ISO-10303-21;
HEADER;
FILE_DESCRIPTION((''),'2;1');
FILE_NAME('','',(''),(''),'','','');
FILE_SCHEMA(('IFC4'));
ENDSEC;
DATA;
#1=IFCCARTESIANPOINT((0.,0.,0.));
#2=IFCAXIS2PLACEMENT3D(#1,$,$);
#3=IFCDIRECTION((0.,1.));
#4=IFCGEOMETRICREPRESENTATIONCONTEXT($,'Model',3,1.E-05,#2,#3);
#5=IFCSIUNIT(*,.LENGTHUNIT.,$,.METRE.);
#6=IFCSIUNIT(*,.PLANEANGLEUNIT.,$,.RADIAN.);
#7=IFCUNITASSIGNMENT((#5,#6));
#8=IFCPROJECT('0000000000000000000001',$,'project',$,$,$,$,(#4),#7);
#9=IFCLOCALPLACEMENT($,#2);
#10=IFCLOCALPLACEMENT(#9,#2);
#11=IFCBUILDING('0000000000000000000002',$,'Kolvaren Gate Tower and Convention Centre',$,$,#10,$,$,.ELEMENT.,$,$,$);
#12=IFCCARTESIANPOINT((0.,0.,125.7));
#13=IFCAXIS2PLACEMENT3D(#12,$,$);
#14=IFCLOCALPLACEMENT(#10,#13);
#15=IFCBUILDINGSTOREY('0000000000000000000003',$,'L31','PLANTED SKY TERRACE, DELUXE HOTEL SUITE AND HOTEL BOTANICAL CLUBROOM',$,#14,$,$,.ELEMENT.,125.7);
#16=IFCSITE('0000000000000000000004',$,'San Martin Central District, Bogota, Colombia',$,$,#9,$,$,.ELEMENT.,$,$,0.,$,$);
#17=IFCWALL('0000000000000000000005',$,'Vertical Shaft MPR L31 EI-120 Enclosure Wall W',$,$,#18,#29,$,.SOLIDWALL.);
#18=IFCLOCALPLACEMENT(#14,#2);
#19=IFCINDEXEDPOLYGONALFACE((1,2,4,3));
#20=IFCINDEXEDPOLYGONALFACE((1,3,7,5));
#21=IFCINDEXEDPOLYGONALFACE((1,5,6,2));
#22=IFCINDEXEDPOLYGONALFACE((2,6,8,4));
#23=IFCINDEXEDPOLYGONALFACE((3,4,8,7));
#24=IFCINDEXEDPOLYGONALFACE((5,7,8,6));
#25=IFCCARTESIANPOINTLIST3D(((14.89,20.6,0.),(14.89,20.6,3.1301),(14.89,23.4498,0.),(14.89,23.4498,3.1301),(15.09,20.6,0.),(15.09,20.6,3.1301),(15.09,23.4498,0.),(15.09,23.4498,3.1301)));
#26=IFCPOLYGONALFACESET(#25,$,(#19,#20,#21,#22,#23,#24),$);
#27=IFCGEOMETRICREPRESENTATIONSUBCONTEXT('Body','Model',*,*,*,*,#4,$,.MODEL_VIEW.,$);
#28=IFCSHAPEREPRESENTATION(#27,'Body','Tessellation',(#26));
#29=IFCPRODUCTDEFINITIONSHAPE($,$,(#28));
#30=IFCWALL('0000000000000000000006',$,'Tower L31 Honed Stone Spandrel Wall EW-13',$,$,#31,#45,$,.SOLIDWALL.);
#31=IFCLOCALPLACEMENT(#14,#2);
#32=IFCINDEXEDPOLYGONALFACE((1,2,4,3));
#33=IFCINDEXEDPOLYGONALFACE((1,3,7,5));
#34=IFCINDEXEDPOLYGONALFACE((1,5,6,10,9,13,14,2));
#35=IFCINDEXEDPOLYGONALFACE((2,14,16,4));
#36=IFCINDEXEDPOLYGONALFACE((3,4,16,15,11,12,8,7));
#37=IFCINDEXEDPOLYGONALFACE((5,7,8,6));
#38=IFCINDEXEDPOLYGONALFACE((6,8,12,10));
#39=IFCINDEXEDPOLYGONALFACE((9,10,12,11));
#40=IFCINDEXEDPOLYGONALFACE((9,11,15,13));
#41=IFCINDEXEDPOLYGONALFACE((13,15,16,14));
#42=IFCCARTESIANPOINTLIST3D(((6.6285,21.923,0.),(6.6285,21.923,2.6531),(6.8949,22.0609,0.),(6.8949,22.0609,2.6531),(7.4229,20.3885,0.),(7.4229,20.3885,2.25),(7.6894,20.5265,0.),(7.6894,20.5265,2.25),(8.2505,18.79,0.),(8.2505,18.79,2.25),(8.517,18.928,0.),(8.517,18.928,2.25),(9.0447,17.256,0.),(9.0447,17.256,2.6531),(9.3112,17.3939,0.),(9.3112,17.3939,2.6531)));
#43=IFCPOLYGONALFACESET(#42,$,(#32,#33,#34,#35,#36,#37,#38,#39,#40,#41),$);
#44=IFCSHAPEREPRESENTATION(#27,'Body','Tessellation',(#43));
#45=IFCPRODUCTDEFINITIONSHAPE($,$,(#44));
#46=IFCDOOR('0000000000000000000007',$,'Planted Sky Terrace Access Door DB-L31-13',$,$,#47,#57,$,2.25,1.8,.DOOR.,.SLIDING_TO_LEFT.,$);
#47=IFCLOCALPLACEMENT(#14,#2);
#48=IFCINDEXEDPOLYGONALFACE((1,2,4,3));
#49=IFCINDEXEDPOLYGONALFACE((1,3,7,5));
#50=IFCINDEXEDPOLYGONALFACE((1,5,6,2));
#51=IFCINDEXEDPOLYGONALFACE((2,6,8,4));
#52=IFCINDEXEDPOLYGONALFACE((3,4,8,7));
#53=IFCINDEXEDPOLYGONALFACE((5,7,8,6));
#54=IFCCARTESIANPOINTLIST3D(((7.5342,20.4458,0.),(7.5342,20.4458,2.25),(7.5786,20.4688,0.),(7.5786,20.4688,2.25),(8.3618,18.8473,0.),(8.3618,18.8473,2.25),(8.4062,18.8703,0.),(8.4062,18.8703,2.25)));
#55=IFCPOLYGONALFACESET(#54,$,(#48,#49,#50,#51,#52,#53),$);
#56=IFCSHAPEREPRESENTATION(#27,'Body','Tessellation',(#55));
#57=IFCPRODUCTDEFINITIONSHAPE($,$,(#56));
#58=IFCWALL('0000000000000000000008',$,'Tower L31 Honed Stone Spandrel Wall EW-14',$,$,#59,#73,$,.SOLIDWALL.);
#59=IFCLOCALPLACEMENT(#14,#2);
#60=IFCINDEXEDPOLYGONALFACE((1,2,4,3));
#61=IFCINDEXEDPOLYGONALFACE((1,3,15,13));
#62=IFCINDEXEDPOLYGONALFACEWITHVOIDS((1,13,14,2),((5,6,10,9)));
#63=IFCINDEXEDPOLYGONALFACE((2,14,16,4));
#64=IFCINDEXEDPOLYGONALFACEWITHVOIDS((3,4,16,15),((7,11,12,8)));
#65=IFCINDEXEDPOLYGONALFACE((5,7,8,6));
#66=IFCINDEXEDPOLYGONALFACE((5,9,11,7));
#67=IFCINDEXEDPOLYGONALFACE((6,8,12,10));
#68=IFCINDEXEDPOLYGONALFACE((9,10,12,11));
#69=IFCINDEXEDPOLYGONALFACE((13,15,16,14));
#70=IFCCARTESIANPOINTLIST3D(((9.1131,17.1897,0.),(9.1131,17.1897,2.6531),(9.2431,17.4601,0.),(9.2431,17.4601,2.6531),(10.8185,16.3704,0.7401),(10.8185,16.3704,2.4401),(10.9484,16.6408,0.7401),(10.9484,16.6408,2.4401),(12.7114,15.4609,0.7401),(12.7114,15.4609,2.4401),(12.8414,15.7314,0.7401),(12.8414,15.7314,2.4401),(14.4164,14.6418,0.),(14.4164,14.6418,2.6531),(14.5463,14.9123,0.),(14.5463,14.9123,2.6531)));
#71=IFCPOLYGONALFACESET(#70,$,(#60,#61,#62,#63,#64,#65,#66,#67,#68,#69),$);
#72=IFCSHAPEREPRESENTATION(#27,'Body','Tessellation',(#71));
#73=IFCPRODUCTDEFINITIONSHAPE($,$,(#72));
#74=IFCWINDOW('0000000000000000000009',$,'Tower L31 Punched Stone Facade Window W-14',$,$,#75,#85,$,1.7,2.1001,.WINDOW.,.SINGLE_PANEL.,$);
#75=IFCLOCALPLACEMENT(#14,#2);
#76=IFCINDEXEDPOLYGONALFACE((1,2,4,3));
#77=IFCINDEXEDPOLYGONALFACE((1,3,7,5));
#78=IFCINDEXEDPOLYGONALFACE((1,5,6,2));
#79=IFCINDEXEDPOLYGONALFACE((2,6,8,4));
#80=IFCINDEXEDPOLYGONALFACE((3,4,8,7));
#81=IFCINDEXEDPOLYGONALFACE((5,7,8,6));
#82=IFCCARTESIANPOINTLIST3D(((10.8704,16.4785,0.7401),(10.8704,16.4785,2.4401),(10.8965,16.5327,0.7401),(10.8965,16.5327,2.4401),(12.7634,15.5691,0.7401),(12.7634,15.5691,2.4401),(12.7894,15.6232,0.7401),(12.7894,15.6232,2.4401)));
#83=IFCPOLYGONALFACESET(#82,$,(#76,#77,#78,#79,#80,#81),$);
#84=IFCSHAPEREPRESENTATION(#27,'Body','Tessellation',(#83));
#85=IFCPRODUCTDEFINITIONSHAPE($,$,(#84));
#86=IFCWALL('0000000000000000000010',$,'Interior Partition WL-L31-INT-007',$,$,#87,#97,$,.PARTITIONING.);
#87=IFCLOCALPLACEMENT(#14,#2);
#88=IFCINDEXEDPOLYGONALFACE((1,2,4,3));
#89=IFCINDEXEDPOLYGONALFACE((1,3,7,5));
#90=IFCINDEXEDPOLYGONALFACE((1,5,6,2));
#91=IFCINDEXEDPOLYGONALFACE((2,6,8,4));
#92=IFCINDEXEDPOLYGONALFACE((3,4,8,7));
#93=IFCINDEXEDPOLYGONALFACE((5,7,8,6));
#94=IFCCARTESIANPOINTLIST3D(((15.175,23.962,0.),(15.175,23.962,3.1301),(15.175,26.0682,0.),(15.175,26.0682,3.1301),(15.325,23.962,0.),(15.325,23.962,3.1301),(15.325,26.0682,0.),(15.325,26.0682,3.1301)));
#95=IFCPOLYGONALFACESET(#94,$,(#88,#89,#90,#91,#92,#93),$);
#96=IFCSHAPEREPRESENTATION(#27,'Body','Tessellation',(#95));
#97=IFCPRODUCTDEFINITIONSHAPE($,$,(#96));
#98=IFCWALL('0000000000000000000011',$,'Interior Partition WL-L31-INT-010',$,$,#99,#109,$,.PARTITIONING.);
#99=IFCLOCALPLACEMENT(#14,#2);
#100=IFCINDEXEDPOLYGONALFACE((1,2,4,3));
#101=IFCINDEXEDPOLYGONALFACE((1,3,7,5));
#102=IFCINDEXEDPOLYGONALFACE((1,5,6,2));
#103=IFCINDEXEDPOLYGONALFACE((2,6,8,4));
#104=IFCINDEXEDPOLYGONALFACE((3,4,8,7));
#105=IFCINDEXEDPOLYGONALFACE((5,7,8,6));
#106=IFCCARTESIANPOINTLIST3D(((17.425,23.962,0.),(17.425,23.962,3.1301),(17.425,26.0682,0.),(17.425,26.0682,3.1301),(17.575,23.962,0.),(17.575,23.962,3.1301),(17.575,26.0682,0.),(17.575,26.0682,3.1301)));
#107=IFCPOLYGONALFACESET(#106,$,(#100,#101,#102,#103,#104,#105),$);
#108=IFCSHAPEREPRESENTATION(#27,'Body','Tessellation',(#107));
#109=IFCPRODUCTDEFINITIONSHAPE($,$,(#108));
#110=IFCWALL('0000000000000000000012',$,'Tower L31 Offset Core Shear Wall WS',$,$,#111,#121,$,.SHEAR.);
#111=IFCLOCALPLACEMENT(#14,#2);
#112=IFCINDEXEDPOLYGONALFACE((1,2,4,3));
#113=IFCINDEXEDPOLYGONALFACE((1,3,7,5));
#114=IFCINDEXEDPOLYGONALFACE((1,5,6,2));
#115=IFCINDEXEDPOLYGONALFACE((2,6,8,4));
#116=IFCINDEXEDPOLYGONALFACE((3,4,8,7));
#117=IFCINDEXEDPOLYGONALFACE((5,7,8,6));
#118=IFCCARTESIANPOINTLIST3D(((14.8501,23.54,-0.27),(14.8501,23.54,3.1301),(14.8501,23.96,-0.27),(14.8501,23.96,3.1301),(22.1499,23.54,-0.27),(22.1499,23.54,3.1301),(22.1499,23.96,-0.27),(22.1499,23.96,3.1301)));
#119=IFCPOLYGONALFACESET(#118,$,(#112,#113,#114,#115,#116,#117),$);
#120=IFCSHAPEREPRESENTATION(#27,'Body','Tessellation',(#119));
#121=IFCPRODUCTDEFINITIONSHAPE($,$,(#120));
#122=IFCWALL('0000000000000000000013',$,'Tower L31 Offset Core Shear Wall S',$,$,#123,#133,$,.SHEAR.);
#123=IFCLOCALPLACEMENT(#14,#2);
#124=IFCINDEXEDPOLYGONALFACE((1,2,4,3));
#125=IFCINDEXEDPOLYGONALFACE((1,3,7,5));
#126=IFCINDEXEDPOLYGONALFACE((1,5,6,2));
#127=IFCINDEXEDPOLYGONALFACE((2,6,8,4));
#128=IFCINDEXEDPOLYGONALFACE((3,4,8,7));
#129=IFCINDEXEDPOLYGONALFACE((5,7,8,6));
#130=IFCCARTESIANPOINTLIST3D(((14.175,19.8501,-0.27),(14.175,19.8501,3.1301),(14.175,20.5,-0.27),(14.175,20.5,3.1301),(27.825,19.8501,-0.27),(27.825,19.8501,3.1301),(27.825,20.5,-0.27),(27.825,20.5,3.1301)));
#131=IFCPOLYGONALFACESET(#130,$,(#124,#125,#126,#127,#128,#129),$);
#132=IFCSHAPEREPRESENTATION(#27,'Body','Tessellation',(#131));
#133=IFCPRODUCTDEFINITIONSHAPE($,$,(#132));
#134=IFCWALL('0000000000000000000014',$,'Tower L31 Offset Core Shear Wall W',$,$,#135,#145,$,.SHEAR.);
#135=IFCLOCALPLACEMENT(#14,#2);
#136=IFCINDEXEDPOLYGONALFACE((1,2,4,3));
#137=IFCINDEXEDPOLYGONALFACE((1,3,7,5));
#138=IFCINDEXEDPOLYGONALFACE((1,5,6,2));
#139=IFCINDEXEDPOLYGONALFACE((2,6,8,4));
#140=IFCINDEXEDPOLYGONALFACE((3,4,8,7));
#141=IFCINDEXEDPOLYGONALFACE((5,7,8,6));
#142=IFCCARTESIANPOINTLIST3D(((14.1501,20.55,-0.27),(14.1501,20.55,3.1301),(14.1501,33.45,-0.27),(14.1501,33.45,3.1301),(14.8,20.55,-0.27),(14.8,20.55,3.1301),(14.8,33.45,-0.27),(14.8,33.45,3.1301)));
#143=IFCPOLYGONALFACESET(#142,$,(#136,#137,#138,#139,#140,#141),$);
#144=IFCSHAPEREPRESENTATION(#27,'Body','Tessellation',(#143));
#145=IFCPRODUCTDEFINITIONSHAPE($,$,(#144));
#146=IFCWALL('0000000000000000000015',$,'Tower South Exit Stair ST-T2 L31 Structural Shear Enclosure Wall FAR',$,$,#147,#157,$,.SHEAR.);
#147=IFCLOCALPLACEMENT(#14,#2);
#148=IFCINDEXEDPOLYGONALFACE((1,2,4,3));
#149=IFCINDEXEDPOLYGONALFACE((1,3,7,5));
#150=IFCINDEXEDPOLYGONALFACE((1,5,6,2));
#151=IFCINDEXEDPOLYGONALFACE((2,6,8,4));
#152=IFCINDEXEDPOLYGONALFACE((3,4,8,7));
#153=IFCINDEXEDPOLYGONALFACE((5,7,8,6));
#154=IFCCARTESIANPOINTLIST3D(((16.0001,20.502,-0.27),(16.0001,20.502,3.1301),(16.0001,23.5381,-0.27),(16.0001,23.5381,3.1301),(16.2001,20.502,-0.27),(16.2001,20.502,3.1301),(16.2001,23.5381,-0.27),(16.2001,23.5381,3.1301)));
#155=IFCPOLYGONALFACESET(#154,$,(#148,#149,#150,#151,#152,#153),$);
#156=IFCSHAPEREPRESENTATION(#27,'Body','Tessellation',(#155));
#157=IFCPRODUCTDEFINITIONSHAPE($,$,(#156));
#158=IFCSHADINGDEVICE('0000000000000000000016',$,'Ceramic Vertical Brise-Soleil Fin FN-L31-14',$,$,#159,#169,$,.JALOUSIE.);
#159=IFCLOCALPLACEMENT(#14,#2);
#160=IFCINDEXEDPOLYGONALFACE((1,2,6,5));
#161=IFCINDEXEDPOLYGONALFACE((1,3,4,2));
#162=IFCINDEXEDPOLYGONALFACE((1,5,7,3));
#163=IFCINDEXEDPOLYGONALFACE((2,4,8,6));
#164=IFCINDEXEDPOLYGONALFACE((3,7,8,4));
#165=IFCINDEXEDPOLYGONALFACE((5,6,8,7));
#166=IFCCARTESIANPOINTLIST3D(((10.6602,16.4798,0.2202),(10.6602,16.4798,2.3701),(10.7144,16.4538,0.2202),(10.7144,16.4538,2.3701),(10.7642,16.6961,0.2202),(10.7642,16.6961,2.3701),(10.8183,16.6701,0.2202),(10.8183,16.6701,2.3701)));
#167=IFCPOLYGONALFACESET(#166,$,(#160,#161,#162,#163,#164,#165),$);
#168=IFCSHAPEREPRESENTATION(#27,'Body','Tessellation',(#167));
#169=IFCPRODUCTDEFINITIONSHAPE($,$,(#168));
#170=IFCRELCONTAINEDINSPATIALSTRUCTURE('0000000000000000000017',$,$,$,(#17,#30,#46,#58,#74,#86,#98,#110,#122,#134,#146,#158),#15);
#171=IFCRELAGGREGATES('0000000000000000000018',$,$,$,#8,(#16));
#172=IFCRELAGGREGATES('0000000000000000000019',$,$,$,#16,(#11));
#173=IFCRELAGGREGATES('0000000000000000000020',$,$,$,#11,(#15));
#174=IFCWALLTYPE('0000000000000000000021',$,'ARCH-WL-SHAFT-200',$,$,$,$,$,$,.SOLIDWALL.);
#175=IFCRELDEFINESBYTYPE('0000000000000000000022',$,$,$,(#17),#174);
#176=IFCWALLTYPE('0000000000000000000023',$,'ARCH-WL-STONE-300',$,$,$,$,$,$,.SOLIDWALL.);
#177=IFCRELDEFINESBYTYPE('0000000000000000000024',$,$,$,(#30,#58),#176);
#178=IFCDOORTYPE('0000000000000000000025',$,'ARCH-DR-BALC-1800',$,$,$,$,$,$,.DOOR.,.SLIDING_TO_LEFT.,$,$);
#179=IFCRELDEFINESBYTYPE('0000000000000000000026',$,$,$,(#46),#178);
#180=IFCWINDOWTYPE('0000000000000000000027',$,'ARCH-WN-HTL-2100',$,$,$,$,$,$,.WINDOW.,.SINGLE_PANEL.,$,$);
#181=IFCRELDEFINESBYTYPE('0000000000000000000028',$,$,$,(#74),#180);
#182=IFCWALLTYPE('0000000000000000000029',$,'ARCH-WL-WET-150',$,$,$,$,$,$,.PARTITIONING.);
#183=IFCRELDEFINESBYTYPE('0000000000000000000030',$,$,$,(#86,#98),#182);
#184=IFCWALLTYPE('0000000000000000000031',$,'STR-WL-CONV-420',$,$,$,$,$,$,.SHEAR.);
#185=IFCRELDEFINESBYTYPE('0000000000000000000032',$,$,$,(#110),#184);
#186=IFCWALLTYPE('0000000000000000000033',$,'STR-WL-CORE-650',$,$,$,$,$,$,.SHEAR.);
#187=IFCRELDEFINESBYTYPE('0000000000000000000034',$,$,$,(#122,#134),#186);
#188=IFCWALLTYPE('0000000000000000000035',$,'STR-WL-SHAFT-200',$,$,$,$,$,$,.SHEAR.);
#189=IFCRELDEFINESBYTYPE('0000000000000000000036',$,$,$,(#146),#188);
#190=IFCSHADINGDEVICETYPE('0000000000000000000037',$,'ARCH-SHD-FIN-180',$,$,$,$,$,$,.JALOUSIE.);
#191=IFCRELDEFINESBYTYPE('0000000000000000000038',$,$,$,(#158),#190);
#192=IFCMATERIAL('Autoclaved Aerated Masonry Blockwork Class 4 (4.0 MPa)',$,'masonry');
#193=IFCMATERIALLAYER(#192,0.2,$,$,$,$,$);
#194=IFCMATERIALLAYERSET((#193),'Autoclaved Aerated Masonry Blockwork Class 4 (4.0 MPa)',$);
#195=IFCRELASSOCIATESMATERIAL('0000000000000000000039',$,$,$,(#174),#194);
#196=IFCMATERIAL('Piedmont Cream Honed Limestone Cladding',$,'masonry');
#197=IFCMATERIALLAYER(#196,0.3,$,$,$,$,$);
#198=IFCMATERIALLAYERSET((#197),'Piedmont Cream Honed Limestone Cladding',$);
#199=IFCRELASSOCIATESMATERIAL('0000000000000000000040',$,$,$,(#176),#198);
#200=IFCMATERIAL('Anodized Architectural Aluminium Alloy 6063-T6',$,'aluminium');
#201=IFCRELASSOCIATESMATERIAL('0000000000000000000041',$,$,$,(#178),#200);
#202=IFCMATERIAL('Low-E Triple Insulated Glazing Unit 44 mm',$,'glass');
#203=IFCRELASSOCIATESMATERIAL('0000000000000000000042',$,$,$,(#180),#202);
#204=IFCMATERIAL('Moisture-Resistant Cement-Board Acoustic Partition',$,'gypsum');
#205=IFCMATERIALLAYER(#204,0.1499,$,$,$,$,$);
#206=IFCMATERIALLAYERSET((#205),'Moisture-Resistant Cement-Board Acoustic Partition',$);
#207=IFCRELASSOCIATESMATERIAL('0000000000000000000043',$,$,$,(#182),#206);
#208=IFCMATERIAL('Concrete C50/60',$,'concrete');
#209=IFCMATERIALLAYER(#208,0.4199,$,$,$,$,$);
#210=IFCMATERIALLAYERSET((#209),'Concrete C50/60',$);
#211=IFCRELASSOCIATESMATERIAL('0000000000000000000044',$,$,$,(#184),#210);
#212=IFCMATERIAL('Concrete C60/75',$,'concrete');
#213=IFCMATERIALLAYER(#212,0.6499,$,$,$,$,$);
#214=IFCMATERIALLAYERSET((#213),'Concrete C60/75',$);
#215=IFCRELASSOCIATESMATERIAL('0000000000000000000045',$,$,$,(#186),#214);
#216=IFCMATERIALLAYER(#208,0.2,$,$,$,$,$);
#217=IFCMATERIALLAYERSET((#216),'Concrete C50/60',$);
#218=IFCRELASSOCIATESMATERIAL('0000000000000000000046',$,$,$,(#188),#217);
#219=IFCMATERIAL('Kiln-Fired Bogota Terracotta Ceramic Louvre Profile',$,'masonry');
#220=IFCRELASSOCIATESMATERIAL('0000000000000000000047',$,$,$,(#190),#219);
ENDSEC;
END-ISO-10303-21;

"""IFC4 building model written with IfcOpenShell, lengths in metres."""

from ifc_helpers import new_model, si_unit, direction, frame, frame_2d, origin, origin_2d, place, context, subcontext, project, spatial, rectangle, extrude, material, layer, layer_set, type_object, element, fill, save


model = new_model("IFC4")

# Units and contexts
model_context = context("Model", 3, precision=1e-05, world=origin(), true_north=direction((0.0, 1.0)))
body_context = subcontext(model_context, "Body", "Model", "MODEL_VIEW")
ifc_project = project(units=[si_unit("LENGTHUNIT", "METRE"), si_unit("PLANEANGLEUNIT", "RADIAN")], contexts=[model_context])

# Site, building, storey
site_placement = place(None, origin())
site = spatial("IfcSite", under=ifc_project, at=site_placement, Name="San Martin Central District, Bogota, Colombia", CompositionType="ELEMENT", RefElevation=0.0)
building_placement = place(site_placement, origin())
building = spatial("IfcBuilding", under=site, at=building_placement, Name="Kolvaren Gate Tower and Convention Centre", CompositionType="ELEMENT")
storey_placement = place(building_placement, frame((0.0, 0.0, 125.7)))
storey = spatial("IfcBuildingStorey", under=building, at=storey_placement, Name="L31", Description="PLANTED SKY TERRACE, DELUXE HOTEL SUITE AND HOTEL BOTANICAL CLUBROOM", CompositionType="ELEMENT", Elevation=125.7)

# Shared definitions
ifc_material_1 = material(Name="Concrete C60/75", Category="concrete")

# Wall
ifc_material_2 = material(Name="Piedmont Cream Honed Limestone Cladding", Category="masonry")
ifc_material_3 = material(Name="Autoclaved Aerated Masonry Blockwork Class 4 (4.0 MPa)", Category="masonry")
ifc_layer_1 = layer(ifc_material_3, 0.2)
ifc_layer_set_1 = layer_set([ifc_layer_1], Name="Autoclaved Aerated Masonry Blockwork Class 4 (4.0 MPa)")
wall_type_1 = type_object("IfcWallType", Name="ARCH-WL-SHAFT-200", PredefinedType="SOLIDWALL", material=ifc_layer_set_1)
wall_1_placement = place(storey_placement, frame((14.99, 20.6001, 0.0), z_axis=(0.0, 0.0, 1.0), x_axis=(0.0, 1.0, 0.0)))
element("IfcWall", 1, at=wall_1_placement, inside=storey, type_object=wall_type_1, Name="Vertical Shaft MPR L31 EI-120 Enclosure Wall W", PredefinedType="SOLIDWALL", context=body_context, shape_type="SweptSolid", body=[
    extrude(rectangle(XDim=2.8499, YDim=0.2, at=frame_2d((1.4248, 0.0))), origin(), (0.0, 0.0, 1.0), 3.1301),
])

# Wall, opening, door
ifc_layer_2 = layer(ifc_material_2, 0.3)
ifc_layer_set_2 = layer_set([ifc_layer_2], Name="Piedmont Cream Honed Limestone Cladding")
wall_type_2 = type_object("IfcWallType", Name="ARCH-WL-STONE-300", PredefinedType="SOLIDWALL", material=ifc_layer_set_2)
wall_2_placement = place(storey_placement, frame((6.7617, 21.9919, 0.0), z_axis=(0.0, 0.0, 1.0), x_axis=(0.459768, -0.888039, 0.0)))
wall_2 = element("IfcWall", 2, at=wall_2_placement, inside=storey, type_object=wall_type_2, Name="Tower L31 Honed Stone Spandrel Wall EW-13", PredefinedType="SOLIDWALL", context=body_context, shape_type="SweptSolid", body=[
    extrude(rectangle(XDim=5.2554, YDim=0.3, at=frame_2d((2.6277, 0.0))), origin(), (0.0, 0.0, 1.0), 2.6531),
])
opening_1_placement = place(wall_2_placement, frame((1.728, 0.0, 0.0)))
opening_1 = element("IfcOpeningElement", 3, at=opening_1_placement, cuts=wall_2, PredefinedType="OPENING", context=body_context, shape_type="SweptSolid", body=[
    extrude(rectangle(XDim=1.8, YDim=2.25, at=frame_2d((0.8999, 1.125))), frame((0.0, 0.1599, 0.0), z_axis=(0.0, -1.0, 0.0), x_axis=(1.0, 0.0, 0.0)), (0.0, 0.0, 1.0), 0.3201),
])
ifc_material_4 = material(Name="Anodized Architectural Aluminium Alloy 6063-T6", Category="aluminium")
door_type = type_object("IfcDoorType", Name="ARCH-DR-BALC-1800", OperationType="SLIDING_TO_LEFT", PredefinedType="DOOR", material=ifc_material_4)
door_placement = place(opening_1_placement, frame((1.8, 0.0, 0.0), z_axis=(0.0, 0.0, 1.0), x_axis=(-1.0, 0.0, 0.0)))
door = element("IfcDoor", 4, at=door_placement, inside=storey, type_object=door_type, Name="Planted Sky Terrace Access Door DB-L31-13", OperationType="SLIDING_TO_LEFT", OverallHeight=2.25, OverallWidth=1.8, PredefinedType="DOOR", context=body_context, shape_type="SweptSolid", body=[
    extrude(rectangle(XDim=1.8, YDim=2.25, at=frame_2d((0.8999, 1.125))), frame((0.0, 0.0249, 0.0), z_axis=(0.0, -1.0, 0.0), x_axis=(1.0, 0.0, 0.0)), (0.0, 0.0, 1.0), 0.05),
])
fill(opening_1, door)

# Wall, opening, window
wall_3_placement = place(storey_placement, frame((9.178, 17.325, 0.0), z_axis=(0.0, 0.0, 1.0), x_axis=(0.90137, -0.433049, 0.0)))
wall_3 = element("IfcWall", 5, at=wall_3_placement, inside=storey, type_object=wall_type_2, Name="Tower L31 Honed Stone Spandrel Wall EW-14", PredefinedType="SOLIDWALL", context=body_context, shape_type="SweptSolid", body=[
    extrude(rectangle(XDim=5.8835, YDim=0.3, at=frame_2d((2.9419, 0.0))), origin(), (0.0, 0.0, 1.0), 2.6531),
])
opening_2_placement = place(wall_3_placement, frame((1.8921, 0.0, 0.74)))
opening_2 = element("IfcOpeningElement", 6, at=opening_2_placement, cuts=wall_3, PredefinedType="OPENING", context=body_context, shape_type="SweptSolid", body=[
    extrude(rectangle(XDim=2.1001, YDim=1.7, at=frame_2d((1.05, 0.8501))), frame((0.0, 0.1599, 0.0), z_axis=(0.0, -1.0, 0.0), x_axis=(1.0, 0.0, 0.0)), (0.0, 0.0, 1.0), 0.3201),
])
ifc_material_5 = material(Name="Low-E Triple Insulated Glazing Unit 44 mm", Category="glass")
window_type = type_object("IfcWindowType", Name="ARCH-WN-HTL-2100", PartitioningType="SINGLE_PANEL", PredefinedType="WINDOW", material=ifc_material_5)
window_placement = place(opening_2_placement, origin())
window = element("IfcWindow", 7, at=window_placement, inside=storey, type_object=window_type, Name="Tower L31 Punched Stone Facade Window W-14", OverallHeight=1.7, OverallWidth=2.1001, PartitioningType="SINGLE_PANEL", PredefinedType="WINDOW", context=body_context, shape_type="SweptSolid", body=[
    extrude(rectangle(XDim=2.1001, YDim=1.7, at=frame_2d((1.05, 0.8501))), frame((0.0, 0.03, 0.0), z_axis=(0.0, -1.0, 0.0), x_axis=(1.0, 0.0, 0.0)), (0.0, 0.0, 1.0), 0.0601),
])
fill(opening_2, window)

# Walls
ifc_material_6 = material(Name="Moisture-Resistant Cement-Board Acoustic Partition", Category="gypsum")
ifc_layer_3 = layer(ifc_material_6, 0.1499)
ifc_layer_set_3 = layer_set([ifc_layer_3], Name="Moisture-Resistant Cement-Board Acoustic Partition")
wall_type_3 = type_object("IfcWallType", Name="ARCH-WL-WET-150", PredefinedType="PARTITIONING", material=ifc_layer_set_3)
for number, where, z_axis, x_axis, name in (
    (8, (15.25, 23.9619, 0.0), (0.0, 0.0, 1.0), (0.0, 1.0, 0.0), "Interior Partition WL-L31-INT-007"),
    (9, (17.5, 23.9619, 0.0), (0.0, 0.0, 1.0), (0.0, 1.0, 0.0), "Interior Partition WL-L31-INT-010"),
):
    element("IfcWall", number, at=place(storey_placement, frame(where, z_axis=z_axis, x_axis=x_axis)), inside=storey, type_object=wall_type_3, Name=name, PredefinedType="PARTITIONING", context=body_context, shape_type="SweptSolid", body=[
        extrude(rectangle(XDim=2.1062, YDim=0.1499, at=frame_2d((1.0532, 0.0))), origin(), (0.0, 0.0, 1.0), 3.1301),
    ])
ifc_material_7 = material(Name="Concrete C50/60", Category="concrete")
ifc_layer_4 = layer(ifc_material_7, 0.4199)
ifc_layer_set_4 = layer_set([ifc_layer_4], Name="Concrete C50/60")
wall_type_4 = type_object("IfcWallType", Name="STR-WL-CONV-420", PredefinedType="SHEAR", material=ifc_layer_set_4)
wall_4_placement = place(storey_placement, frame((14.8501, 23.75, -0.27), z_axis=(0.0, 0.0, 1.0), x_axis=(1.0, 0.0, 0.0)))
element("IfcWall", 10, at=wall_4_placement, inside=storey, type_object=wall_type_4, Name="Tower L31 Offset Core Shear Wall WS", PredefinedType="SHEAR", context=body_context, shape_type="SweptSolid", body=[
    extrude(rectangle(XDim=7.2998, YDim=0.4199, at=frame_2d((3.6499, 0.0))), origin(), (0.0, 0.0, 1.0), 3.4001),
])
ifc_layer_5 = layer(ifc_material_1, 0.6499)
ifc_layer_set_5 = layer_set([ifc_layer_5], Name="Concrete C60/75")
wall_type_5 = type_object("IfcWallType", Name="STR-WL-CORE-650", PredefinedType="SHEAR", material=ifc_layer_set_5)
wall_5_placement = place(storey_placement, frame((14.175, 20.175, -0.27), z_axis=(0.0, 0.0, 1.0), x_axis=(1.0, 0.0, 0.0)))
element("IfcWall", 11, at=wall_5_placement, inside=storey, type_object=wall_type_5, Name="Tower L31 Offset Core Shear Wall S", PredefinedType="SHEAR", context=body_context, shape_type="SweptSolid", body=[
    extrude(rectangle(XDim=13.6499, YDim=0.6499, at=frame_2d((6.825, 0.0))), origin(), (0.0, 0.0, 1.0), 3.4001),
])
wall_6_placement = place(storey_placement, frame((14.4751, 20.55, -0.27), z_axis=(0.0, 0.0, 1.0), x_axis=(0.0, 1.0, 0.0)))
element("IfcWall", 12, at=wall_6_placement, inside=storey, type_object=wall_type_5, Name="Tower L31 Offset Core Shear Wall W", PredefinedType="SHEAR", context=body_context, shape_type="SweptSolid", body=[
    extrude(rectangle(XDim=12.8999, YDim=0.6499, at=frame_2d((6.45, 0.0))), origin(), (0.0, 0.0, 1.0), 3.4001),
])
ifc_layer_6 = layer(ifc_material_7, 0.2)
ifc_layer_set_6 = layer_set([ifc_layer_6], Name="Concrete C50/60")
wall_type_6 = type_object("IfcWallType", Name="STR-WL-SHAFT-200", PredefinedType="SHEAR", material=ifc_layer_set_6)
wall_7_placement = place(storey_placement, frame((16.1001, 20.502, -0.27), z_axis=(0.0, 0.0, 1.0), x_axis=(0.0, 1.0, 0.0)))
element("IfcWall", 13, at=wall_7_placement, inside=storey, type_object=wall_type_6, Name="Tower South Exit Stair ST-T2 L31 Structural Shear Enclosure Wall FAR", PredefinedType="SHEAR", context=body_context, shape_type="SweptSolid", body=[
    extrude(rectangle(XDim=3.0361, YDim=0.2, at=frame_2d((1.5181, 0.0))), origin(), (0.0, 0.0, 1.0), 3.4001),
])

# Shading device
ifc_material_8 = material(Name="Kiln-Fired Bogota Terracotta Ceramic Louvre Profile", Category="masonry")
shading_device_type = type_object("IfcShadingDeviceType", Name="ARCH-SHD-FIN-180", PredefinedType="JALOUSIE", material=ifc_material_8)
shading_device_placement = place(storey_placement, frame((10.7393, 16.575, 0.2202), z_axis=(0.0, 0.0, 1.0), x_axis=(0.901363, -0.433065, 0.0)))
element("IfcShadingDevice", 14, at=shading_device_placement, inside=storey, type_object=shading_device_type, Name="Ceramic Vertical Brise-Soleil Fin FN-L31-14", PredefinedType="JALOUSIE", context=body_context, shape_type="SweptSolid", body=[
    extrude(rectangle(XDim=0.0601, YDim=0.24, at=origin_2d()), origin(), (0.0, 0.0, 1.0), 2.1499),
])

save(model, "model.ifc")
